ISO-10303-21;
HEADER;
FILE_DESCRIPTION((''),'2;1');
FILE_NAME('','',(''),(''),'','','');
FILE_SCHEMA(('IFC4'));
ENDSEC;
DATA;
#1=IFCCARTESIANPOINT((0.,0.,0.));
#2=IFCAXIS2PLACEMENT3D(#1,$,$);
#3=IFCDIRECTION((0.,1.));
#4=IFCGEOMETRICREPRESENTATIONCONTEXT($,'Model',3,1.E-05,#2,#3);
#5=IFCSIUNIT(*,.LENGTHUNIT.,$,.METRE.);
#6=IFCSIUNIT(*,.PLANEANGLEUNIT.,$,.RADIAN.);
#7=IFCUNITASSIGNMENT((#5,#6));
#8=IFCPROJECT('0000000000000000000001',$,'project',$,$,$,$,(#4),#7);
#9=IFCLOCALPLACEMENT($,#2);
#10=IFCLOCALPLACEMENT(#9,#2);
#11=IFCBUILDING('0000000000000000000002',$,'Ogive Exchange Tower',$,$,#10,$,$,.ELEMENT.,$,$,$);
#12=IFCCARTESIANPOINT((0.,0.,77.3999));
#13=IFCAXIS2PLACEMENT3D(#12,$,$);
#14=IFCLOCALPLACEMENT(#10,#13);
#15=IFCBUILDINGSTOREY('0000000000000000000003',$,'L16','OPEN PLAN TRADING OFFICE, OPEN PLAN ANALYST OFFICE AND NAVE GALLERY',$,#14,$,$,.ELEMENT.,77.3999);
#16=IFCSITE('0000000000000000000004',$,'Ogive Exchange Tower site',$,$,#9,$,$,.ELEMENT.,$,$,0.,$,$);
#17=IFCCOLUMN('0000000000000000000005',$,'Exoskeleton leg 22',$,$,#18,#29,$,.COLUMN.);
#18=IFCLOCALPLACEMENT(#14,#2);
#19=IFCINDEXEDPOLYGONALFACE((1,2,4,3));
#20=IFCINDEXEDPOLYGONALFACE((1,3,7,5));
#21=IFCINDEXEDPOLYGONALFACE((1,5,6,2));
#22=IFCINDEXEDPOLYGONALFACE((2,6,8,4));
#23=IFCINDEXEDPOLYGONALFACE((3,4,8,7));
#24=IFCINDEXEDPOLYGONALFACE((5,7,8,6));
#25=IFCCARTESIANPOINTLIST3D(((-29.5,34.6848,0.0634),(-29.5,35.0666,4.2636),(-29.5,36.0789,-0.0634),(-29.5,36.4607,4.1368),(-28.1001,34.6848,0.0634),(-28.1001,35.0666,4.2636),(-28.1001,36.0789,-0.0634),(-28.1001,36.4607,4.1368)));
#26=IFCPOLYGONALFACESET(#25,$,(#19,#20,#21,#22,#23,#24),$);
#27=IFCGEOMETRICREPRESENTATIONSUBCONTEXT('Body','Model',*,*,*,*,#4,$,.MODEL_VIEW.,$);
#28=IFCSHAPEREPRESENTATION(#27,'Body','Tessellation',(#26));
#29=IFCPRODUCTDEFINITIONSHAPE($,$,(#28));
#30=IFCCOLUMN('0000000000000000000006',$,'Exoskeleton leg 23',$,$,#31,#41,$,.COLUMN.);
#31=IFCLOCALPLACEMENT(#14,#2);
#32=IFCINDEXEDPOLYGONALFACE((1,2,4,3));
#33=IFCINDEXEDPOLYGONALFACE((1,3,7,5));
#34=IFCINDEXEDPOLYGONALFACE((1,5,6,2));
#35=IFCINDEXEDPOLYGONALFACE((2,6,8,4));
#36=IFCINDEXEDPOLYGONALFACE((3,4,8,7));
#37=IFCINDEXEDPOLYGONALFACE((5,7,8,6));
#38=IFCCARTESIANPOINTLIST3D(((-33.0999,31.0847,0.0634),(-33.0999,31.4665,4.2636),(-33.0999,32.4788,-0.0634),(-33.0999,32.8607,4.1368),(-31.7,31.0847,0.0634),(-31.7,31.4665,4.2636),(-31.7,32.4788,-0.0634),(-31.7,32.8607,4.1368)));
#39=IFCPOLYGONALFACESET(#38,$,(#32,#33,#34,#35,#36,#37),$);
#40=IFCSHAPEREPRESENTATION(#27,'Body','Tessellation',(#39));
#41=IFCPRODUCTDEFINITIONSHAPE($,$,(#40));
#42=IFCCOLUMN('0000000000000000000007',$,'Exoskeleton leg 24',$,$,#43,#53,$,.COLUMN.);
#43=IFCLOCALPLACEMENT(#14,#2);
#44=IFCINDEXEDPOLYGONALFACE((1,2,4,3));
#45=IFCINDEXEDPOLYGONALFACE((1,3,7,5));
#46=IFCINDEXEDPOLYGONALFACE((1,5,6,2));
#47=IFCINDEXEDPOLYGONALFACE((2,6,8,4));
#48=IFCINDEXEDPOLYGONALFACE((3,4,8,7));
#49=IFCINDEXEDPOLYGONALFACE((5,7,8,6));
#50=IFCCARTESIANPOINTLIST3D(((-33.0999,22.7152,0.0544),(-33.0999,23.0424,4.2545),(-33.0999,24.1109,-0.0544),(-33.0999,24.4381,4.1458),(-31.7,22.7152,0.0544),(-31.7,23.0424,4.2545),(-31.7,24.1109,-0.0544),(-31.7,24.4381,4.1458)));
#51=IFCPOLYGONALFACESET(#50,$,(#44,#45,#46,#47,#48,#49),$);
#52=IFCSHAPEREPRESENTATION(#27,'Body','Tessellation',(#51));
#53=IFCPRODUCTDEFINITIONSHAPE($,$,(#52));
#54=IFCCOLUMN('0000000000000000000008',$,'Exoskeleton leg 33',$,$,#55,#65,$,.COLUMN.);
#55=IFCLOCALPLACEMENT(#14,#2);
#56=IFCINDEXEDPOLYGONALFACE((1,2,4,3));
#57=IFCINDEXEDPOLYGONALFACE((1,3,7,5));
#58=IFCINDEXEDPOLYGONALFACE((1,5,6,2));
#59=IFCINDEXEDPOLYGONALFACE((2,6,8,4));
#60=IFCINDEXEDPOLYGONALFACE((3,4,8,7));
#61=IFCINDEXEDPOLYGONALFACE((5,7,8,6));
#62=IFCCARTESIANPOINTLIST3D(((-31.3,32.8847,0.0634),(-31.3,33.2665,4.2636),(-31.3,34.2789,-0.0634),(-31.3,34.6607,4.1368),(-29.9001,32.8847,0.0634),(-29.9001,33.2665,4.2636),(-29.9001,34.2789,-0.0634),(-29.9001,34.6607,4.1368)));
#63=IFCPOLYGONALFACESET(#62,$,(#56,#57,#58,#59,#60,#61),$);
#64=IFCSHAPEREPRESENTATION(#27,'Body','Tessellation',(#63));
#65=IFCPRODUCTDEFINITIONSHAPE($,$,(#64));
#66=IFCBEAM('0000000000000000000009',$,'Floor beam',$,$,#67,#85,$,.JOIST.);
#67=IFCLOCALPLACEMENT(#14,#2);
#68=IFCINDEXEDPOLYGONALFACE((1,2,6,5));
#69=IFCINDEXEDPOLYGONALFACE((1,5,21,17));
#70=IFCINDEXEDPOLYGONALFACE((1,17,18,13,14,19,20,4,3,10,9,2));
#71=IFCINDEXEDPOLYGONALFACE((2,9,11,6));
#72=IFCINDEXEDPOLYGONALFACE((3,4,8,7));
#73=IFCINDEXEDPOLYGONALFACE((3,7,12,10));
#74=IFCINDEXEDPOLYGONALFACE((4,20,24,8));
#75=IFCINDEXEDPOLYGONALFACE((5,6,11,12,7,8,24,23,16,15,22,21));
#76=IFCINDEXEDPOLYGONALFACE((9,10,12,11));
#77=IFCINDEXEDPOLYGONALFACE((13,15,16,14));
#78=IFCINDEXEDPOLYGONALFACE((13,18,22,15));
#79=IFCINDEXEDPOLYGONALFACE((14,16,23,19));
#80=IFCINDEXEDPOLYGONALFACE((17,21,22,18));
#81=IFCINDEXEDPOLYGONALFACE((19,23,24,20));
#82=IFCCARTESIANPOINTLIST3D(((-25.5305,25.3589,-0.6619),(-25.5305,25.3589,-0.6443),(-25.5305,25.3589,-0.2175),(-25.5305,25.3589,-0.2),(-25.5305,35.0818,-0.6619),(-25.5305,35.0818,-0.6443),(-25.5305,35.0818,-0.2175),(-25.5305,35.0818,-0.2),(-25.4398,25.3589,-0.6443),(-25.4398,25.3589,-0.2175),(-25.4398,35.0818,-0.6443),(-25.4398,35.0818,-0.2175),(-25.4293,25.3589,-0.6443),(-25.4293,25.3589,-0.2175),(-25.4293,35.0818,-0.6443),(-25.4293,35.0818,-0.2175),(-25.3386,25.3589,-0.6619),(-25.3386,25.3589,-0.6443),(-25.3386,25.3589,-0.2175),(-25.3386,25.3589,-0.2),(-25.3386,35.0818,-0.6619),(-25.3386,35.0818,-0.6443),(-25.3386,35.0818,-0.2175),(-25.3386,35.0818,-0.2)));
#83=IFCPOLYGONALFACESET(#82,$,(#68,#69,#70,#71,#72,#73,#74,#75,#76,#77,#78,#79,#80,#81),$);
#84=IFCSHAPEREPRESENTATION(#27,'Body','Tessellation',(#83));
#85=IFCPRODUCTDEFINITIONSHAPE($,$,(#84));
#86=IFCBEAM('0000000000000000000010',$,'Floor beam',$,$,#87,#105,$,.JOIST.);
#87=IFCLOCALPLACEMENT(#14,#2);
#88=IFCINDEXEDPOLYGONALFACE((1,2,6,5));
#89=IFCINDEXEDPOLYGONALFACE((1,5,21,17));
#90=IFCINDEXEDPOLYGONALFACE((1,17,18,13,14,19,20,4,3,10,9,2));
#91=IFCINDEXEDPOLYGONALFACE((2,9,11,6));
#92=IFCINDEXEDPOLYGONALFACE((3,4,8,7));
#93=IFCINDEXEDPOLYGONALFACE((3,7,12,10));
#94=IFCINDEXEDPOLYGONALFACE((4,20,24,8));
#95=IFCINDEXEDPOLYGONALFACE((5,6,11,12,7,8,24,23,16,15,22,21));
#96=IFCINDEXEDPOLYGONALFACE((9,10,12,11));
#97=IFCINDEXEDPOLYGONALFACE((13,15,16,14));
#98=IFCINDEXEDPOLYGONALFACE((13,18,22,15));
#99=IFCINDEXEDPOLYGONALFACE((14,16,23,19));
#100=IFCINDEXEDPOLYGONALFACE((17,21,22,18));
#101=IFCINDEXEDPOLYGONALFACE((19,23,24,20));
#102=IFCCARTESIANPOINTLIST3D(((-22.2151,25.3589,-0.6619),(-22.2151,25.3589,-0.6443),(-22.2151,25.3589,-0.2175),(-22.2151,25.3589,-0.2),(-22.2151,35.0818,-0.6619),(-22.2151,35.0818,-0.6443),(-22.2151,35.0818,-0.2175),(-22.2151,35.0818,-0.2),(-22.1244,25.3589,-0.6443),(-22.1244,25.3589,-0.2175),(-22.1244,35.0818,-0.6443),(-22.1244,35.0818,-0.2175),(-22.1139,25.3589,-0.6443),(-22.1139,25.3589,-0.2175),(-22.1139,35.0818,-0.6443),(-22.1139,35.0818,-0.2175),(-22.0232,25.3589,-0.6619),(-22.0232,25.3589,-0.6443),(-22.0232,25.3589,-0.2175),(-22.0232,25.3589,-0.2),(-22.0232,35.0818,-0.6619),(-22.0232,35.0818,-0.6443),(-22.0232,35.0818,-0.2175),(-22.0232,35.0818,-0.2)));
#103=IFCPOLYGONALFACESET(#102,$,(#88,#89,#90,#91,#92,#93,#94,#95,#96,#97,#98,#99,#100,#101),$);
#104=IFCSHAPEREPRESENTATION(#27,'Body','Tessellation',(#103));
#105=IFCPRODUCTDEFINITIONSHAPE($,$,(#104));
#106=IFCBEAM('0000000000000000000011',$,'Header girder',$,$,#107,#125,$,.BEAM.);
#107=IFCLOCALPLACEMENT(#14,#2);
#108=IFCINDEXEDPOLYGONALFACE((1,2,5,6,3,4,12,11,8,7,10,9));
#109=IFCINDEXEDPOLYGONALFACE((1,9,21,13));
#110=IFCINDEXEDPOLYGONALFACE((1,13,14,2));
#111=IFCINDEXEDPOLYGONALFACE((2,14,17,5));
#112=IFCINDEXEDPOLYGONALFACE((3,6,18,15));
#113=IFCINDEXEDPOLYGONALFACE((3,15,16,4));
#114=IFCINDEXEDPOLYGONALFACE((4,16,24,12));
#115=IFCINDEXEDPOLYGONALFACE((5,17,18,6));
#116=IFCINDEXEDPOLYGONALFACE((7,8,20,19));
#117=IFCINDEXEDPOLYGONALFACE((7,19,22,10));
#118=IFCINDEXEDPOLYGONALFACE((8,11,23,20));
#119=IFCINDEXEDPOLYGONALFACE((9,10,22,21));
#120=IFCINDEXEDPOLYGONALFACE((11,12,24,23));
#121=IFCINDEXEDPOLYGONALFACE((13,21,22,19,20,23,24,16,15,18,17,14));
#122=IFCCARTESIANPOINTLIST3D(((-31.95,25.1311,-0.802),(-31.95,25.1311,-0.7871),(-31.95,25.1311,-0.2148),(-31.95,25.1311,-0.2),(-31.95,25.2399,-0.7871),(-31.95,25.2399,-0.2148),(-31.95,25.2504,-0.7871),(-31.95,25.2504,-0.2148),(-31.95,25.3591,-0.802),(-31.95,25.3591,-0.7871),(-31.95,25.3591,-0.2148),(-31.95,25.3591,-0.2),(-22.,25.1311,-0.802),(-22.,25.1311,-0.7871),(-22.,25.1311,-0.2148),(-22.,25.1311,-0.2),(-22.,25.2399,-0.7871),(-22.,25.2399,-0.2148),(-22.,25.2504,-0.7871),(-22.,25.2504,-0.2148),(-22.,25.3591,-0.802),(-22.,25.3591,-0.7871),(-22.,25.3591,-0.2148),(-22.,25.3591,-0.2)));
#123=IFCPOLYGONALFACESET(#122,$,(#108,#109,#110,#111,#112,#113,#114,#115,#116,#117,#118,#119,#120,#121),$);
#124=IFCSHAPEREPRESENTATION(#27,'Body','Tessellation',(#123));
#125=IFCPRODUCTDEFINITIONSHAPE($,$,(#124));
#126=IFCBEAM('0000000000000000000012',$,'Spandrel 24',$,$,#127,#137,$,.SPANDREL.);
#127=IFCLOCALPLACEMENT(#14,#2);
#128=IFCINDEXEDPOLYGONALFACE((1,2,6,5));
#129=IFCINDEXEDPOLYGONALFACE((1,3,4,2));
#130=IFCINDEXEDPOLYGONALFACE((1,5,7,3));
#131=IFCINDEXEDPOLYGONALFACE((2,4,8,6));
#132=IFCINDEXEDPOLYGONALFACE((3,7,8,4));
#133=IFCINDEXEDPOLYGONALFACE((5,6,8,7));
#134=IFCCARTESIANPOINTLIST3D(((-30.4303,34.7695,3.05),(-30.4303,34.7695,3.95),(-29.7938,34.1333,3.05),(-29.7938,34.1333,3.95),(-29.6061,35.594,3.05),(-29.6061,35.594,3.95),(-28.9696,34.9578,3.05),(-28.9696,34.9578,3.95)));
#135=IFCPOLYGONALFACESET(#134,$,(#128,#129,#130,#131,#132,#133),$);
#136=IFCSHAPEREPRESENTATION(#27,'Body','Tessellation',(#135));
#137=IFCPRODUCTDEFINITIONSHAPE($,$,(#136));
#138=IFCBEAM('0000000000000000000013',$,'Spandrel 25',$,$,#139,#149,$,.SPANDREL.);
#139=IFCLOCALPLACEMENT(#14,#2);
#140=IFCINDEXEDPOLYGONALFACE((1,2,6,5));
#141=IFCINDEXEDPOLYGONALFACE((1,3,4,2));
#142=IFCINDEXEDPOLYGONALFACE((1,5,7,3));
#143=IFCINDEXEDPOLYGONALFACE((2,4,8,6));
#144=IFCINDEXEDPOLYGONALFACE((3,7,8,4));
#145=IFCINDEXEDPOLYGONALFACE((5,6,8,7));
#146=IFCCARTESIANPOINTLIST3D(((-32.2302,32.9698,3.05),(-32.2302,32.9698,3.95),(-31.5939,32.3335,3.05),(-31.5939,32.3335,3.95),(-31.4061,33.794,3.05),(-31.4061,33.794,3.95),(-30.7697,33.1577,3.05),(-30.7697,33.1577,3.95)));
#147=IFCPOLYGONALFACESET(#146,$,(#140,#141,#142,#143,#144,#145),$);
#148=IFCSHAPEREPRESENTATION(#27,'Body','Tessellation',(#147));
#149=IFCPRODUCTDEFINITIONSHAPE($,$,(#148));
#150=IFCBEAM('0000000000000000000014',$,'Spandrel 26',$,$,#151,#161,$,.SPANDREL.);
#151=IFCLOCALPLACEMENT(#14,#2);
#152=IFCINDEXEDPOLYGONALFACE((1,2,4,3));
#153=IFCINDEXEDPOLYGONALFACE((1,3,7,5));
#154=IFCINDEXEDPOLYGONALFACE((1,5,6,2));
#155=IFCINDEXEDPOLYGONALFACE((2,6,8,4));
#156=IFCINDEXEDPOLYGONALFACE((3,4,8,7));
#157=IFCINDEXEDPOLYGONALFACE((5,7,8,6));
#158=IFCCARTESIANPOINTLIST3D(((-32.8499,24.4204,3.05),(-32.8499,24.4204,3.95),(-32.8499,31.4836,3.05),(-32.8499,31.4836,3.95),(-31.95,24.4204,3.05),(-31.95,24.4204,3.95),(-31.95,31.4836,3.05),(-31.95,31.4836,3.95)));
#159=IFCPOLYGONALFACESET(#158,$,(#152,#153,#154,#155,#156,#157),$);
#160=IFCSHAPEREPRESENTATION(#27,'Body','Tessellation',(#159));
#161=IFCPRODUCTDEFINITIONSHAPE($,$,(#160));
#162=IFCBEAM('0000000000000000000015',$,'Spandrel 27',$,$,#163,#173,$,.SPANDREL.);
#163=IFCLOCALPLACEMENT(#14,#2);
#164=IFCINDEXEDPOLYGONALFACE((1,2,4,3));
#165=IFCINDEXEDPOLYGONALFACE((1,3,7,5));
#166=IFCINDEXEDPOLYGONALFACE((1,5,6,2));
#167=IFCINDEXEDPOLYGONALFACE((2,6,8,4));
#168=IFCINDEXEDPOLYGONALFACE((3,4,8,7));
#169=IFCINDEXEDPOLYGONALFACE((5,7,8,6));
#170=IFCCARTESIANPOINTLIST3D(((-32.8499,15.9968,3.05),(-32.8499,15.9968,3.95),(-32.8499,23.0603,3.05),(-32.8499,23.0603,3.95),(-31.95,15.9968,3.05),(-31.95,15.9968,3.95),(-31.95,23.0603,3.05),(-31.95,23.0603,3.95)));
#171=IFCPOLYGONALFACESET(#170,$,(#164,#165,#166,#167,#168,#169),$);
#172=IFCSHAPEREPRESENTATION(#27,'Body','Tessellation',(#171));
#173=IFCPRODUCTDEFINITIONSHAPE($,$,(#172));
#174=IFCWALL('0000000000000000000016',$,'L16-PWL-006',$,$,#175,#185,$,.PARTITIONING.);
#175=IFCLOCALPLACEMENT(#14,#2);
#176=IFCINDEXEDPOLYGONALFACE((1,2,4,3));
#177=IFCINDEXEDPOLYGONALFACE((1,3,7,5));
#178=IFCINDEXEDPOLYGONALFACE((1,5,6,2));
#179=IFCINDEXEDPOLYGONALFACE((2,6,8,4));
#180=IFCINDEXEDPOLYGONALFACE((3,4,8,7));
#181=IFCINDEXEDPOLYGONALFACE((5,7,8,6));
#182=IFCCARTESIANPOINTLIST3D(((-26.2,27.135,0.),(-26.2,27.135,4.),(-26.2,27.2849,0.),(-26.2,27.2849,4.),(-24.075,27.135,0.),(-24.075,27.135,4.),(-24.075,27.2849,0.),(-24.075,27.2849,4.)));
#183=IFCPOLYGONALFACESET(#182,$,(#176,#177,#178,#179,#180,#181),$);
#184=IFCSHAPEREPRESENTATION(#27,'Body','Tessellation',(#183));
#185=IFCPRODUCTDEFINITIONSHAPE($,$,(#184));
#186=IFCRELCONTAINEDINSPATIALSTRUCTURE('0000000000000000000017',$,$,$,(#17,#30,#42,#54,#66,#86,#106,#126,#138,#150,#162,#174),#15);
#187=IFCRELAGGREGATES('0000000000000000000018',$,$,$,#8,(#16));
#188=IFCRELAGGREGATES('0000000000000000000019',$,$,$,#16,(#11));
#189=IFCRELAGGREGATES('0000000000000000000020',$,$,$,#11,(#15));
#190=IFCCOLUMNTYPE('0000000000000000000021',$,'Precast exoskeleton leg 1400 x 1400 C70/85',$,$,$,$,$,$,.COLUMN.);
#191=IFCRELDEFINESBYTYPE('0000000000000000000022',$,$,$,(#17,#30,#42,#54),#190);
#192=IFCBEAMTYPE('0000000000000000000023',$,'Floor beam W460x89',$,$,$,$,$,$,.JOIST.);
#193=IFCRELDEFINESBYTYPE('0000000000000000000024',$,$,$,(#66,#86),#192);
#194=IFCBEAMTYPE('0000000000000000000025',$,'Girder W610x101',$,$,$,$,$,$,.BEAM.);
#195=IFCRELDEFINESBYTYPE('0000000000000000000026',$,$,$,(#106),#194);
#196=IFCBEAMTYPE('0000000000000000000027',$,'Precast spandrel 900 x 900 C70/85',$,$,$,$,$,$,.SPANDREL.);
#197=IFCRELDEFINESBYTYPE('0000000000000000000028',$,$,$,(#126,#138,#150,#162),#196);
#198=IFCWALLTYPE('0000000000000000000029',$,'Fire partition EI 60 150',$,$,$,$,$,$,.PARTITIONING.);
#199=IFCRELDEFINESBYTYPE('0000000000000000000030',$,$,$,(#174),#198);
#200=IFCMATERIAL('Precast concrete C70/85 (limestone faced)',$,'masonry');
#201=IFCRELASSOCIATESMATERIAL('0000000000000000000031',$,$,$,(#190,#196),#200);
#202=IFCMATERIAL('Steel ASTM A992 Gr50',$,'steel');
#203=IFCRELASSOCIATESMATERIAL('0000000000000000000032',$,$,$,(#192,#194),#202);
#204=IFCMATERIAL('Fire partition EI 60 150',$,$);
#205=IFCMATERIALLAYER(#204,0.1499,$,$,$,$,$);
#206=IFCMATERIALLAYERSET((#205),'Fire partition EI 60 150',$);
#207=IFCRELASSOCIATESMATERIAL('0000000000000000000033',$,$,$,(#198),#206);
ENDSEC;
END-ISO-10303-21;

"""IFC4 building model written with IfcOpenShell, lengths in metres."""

from ifc_helpers import new_model, si_unit, direction, frame, frame_2d, origin, origin_2d, place, context, subcontext, project, spatial, rectangle, i_section, extrude, material, layer, layer_set, material_profile, profile_set, type_object, element, save


model = new_model("IFC4")

# Units and contexts
model_context = context("Model", 3, precision=1e-05, world=origin(), true_north=direction((0.0, 1.0)))
body_context = subcontext(model_context, "Body", "Model", "MODEL_VIEW")
ifc_project = project(units=[si_unit("LENGTHUNIT", "METRE"), si_unit("PLANEANGLEUNIT", "RADIAN")], contexts=[model_context])

# Site, building, storey
site_placement = place(None, origin())
site = spatial("IfcSite", under=ifc_project, at=site_placement, Name="Ogive Exchange Tower site", CompositionType="ELEMENT", RefElevation=0.0)
building_placement = place(site_placement, origin())
building = spatial("IfcBuilding", under=site, at=building_placement, Name="Ogive Exchange Tower", CompositionType="ELEMENT")
storey_placement = place(building_placement, frame((0.0, 0.0, 77.3999)))
storey = spatial("IfcBuildingStorey", under=building, at=storey_placement, Name="L16", Description="OPEN PLAN TRADING OFFICE, OPEN PLAN ANALYST OFFICE AND NAVE GALLERY", CompositionType="ELEMENT", Elevation=77.3999)

# Columns
ifc_material_1 = material(Name="Precast concrete C70/85 (limestone faced)", Category="masonry")
ifc_material_profile_1 = material_profile(ifc_material_1, rectangle(XDim=1.3999, YDim=1.3999, at=origin_2d()), Name="1400 x 1400")
ifc_profile_set_1 = profile_set([ifc_material_profile_1], Name="Precast concrete C70/85 (limestone faced)")
column_type = type_object("IfcColumnType", Name="Precast exoskeleton leg 1400 x 1400 C70/85", PredefinedType="COLUMN", material=ifc_profile_set_1)
for number, where, z_axis, x_axis, name in (
    (1, (-28.8, 35.3818, 0.0), (0.0, 0.090536, 0.995893), (-1.0, 0.0, 0.0), "Exoskeleton leg 22"),
    (2, (-32.3999, 31.7817, 0.0), (0.0, 0.090536, 0.995893), (-1.0, 0.0, 0.0), "Exoskeleton leg 23"),
):
    element("IfcColumn", number, at=place(storey_placement, frame(where, z_axis=z_axis, x_axis=x_axis)), inside=storey, type_object=column_type, Name=name, PredefinedType="COLUMN", context=body_context, shape_type="SweptSolid", body=[
        extrude(rectangle(XDim=1.3999, YDim=1.3999, at=origin_2d()), origin(), (0.0, 0.0, 1.0), 4.2175),
    ])
column_1_placement = place(storey_placement, frame((-32.3999, 23.4131, 0.0), z_axis=(0.0, 0.077654, 0.99698), x_axis=(-1.0, 0.0, 0.0)))
element("IfcColumn", 3, at=column_1_placement, inside=storey, type_object=column_type, Name="Exoskeleton leg 24", PredefinedType="COLUMN", context=body_context, shape_type="SweptSolid", body=[
    extrude(rectangle(XDim=1.3999, YDim=1.3999, at=origin_2d()), origin(), (0.0, 0.0, 1.0), 4.2129),
])
column_2_placement = place(storey_placement, frame((-30.6001, 33.5818, 0.0), z_axis=(0.0, 0.090536, 0.995893), x_axis=(-1.0, 0.0, 0.0)))
element("IfcColumn", 4, at=column_2_placement, inside=storey, type_object=column_type, Name="Exoskeleton leg 33", PredefinedType="COLUMN", context=body_context, shape_type="SweptSolid", body=[
    extrude(rectangle(XDim=1.3999, YDim=1.3999, at=origin_2d()), origin(), (0.0, 0.0, 1.0), 4.2175),
])

# Beams
ifc_material_2 = material(Name="Steel ASTM A992 Gr50", Category="steel")
ifc_material_profile_2 = material_profile(ifc_material_2, i_section(OverallWidth=0.1919, OverallDepth=0.4619, WebThickness=0.0105, FlangeThickness=0.0176, at=origin_2d()), Name="W460x89")
ifc_profile_set_2 = profile_set([ifc_material_profile_2], Name="Steel ASTM A992 Gr50")
beam_type_1 = type_object("IfcBeamType", Name="Floor beam W460x89", PredefinedType="JOIST", material=ifc_profile_set_2)
for number, where, z_axis, x_axis, name in (
    (5, (-25.4346, 25.3589, -0.4309), (0.0, 1.0, 0.0), (-1.0, 0.0, 0.0), "Floor beam"),
    (6, (-22.1191, 25.3589, -0.4309), (0.0, 1.0, 0.0), (-1.0, 0.0, 0.0), "Floor beam"),
):
    element("IfcBeam", number, at=place(storey_placement, frame(where, z_axis=z_axis, x_axis=x_axis)), inside=storey, type_object=beam_type_1, Name=name, PredefinedType="JOIST", context=body_context, shape_type="SweptSolid", body=[
        extrude(i_section(OverallWidth=0.1919, OverallDepth=0.4619, WebThickness=0.0105, FlangeThickness=0.0176, at=origin_2d()), origin(), (0.0, 0.0, 1.0), 9.7229),
    ])
ifc_material_profile_3 = material_profile(ifc_material_2, i_section(OverallWidth=0.228, OverallDepth=0.6021, WebThickness=0.0105, FlangeThickness=0.0149, at=origin_2d()), Name="W610x101")
ifc_profile_set_3 = profile_set([ifc_material_profile_3], Name="Steel ASTM A992 Gr50")
beam_type_2 = type_object("IfcBeamType", Name="Girder W610x101", PredefinedType="BEAM", material=ifc_profile_set_3)
beam_1_placement = place(storey_placement, frame((-31.95, 25.2451, -0.501), z_axis=(1.0, 0.0, 0.0), x_axis=(0.0, 1.0, 0.0)))
element("IfcBeam", 7, at=beam_1_placement, inside=storey, type_object=beam_type_2, Name="Header girder", PredefinedType="BEAM", context=body_context, shape_type="SweptSolid", body=[
    extrude(i_section(OverallWidth=0.228, OverallDepth=0.6021, WebThickness=0.0105, FlangeThickness=0.0149, at=origin_2d()), origin(), (0.0, 0.0, 1.0), 9.95),
])
ifc_material_profile_4 = material_profile(ifc_material_1, rectangle(XDim=0.8999, YDim=0.8999, at=origin_2d()), Name="900 x 900")
ifc_profile_set_4 = profile_set([ifc_material_profile_4], Name="Precast concrete C70/85 (limestone faced)")
beam_type_3 = type_object("IfcBeamType", Name="Precast spandrel 900 x 900 C70/85", PredefinedType="SPANDREL", material=ifc_profile_set_4)
beam_2_placement = place(storey_placement, frame((-29.2878, 35.2759, 3.5), z_axis=(-0.707002, -0.707211, 0.0), x_axis=(0.707211, -0.707002, 0.0)))
element("IfcBeam", 8, at=beam_2_placement, inside=storey, type_object=beam_type_3, Name="Spandrel 24", PredefinedType="SPANDREL", context=body_context, shape_type="SweptSolid", body=[
    extrude(rectangle(XDim=0.8999, YDim=0.8999, at=origin_2d()), origin(), (0.0, 0.0, 1.0), 1.1658),
])
beam_3_placement = place(storey_placement, frame((-31.0879, 33.4758, 3.5), z_axis=(-0.707107, -0.707107, 0.0), x_axis=(0.707107, -0.707107, 0.0)))
element("IfcBeam", 9, at=beam_3_placement, inside=storey, type_object=beam_type_3, Name="Spandrel 25", PredefinedType="SPANDREL", context=body_context, shape_type="SweptSolid", body=[
    extrude(rectangle(XDim=0.8999, YDim=0.8999, at=origin_2d()), origin(), (0.0, 0.0, 1.0), 1.1655),
])
beam_4_placement = place(storey_placement, frame((-32.3999, 31.4836, 3.5), z_axis=(0.0, -1.0, 0.0), x_axis=(1.0, 0.0, 0.0)))
element("IfcBeam", 10, at=beam_4_placement, inside=storey, type_object=beam_type_3, Name="Spandrel 26", PredefinedType="SPANDREL", context=body_context, shape_type="SweptSolid", body=[
    extrude(rectangle(XDim=0.8999, YDim=0.8999, at=origin_2d()), origin(), (0.0, 0.0, 1.0), 7.0632),
])
beam_5_placement = place(storey_placement, frame((-32.3999, 23.0603, 3.5), z_axis=(0.0, -1.0, 0.0), x_axis=(1.0, 0.0, 0.0)))
element("IfcBeam", 11, at=beam_5_placement, inside=storey, type_object=beam_type_3, Name="Spandrel 27", PredefinedType="SPANDREL", context=body_context, shape_type="SweptSolid", body=[
    extrude(rectangle(XDim=0.8999, YDim=0.8999, at=origin_2d()), origin(), (0.0, 0.0, 1.0), 7.0635),
])

# Wall
ifc_material_3 = material(Name="Fire partition EI 60 150")
ifc_layer_1 = layer(ifc_material_3, 0.1499)
ifc_layer_set_1 = layer_set([ifc_layer_1], Name="Fire partition EI 60 150")
wall_type_1 = type_object("IfcWallType", Name="Fire partition EI 60 150", PredefinedType="PARTITIONING", material=ifc_layer_set_1)
wall_1_placement = place(storey_placement, frame((-24.075, 27.21, 0.0), z_axis=(0.0, 0.0, 1.0), x_axis=(-1.0, 0.0, 0.0)))
element("IfcWall", 12, at=wall_1_placement, inside=storey, type_object=wall_type_1, Name="L16-PWL-006", PredefinedType="PARTITIONING", context=body_context, shape_type="SweptSolid", body=[
    extrude(rectangle(XDim=2.125, YDim=0.1499, at=frame_2d((1.0625, 0.0))), origin(), (0.0, 0.0, 1.0), 4.0),
])

save(model, "model.ifc")
